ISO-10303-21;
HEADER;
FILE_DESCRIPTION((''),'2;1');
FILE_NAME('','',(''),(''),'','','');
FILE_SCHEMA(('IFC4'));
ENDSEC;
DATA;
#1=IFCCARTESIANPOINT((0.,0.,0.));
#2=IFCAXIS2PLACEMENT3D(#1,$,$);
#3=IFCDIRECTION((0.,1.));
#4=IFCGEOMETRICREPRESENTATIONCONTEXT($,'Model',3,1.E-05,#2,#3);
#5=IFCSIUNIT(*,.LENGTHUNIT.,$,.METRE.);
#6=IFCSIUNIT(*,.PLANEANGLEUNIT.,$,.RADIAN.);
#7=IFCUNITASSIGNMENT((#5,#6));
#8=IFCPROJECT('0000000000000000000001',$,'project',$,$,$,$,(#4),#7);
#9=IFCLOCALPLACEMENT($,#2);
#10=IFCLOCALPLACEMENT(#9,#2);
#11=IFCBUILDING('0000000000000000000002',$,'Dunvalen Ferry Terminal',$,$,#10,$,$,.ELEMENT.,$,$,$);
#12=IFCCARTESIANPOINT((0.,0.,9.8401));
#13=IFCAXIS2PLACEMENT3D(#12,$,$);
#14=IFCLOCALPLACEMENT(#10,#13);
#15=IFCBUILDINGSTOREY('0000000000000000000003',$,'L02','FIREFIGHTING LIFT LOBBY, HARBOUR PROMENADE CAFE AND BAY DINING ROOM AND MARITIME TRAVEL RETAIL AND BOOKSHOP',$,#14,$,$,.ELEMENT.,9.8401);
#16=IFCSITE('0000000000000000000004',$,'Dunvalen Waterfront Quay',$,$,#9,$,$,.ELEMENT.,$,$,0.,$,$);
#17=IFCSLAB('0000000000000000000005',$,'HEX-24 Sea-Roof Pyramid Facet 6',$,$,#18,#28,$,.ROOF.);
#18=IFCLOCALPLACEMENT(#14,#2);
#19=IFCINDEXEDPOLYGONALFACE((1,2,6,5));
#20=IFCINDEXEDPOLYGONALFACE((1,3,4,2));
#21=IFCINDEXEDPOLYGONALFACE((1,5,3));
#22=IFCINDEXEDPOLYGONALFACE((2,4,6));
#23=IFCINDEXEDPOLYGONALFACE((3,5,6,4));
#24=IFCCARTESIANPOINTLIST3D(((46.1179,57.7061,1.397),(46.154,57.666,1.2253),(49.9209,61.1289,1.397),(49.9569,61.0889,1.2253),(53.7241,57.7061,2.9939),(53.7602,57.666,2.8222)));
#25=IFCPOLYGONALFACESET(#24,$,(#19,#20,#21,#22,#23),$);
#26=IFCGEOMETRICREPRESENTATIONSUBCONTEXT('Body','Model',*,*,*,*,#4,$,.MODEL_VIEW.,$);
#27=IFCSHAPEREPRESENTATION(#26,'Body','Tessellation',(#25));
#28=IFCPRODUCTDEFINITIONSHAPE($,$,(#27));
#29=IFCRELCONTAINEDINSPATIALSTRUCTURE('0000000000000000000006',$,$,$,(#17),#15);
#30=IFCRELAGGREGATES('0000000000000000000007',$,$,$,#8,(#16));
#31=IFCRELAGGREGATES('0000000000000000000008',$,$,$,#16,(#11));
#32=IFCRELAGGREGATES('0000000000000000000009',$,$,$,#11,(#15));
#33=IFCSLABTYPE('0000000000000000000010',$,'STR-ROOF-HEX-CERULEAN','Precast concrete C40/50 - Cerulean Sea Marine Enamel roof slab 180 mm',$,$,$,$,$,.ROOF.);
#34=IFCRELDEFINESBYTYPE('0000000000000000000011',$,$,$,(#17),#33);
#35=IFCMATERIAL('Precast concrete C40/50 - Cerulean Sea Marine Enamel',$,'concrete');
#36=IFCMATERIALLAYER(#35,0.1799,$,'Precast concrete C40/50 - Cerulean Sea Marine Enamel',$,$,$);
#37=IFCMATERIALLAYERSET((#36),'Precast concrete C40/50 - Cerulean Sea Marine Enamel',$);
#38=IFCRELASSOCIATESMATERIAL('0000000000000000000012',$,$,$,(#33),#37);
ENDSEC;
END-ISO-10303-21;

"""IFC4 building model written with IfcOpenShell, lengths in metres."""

from ifc_helpers import new_model, si_unit, direction, frame, origin, place, context, subcontext, project, spatial, polyline, outline, extrude, material, layer, layer_set, type_object, element, save


model = new_model("IFC4")

# Units and contexts
model_context = context("Model", 3, precision=1e-05, world=origin(), true_north=direction((0.0, 1.0)))
body_context = subcontext(model_context, "Body", "Model", "MODEL_VIEW")
ifc_project = project(units=[si_unit("LENGTHUNIT", "METRE"), si_unit("PLANEANGLEUNIT", "RADIAN")], contexts=[model_context])

# Site, building, storey
site_placement = place(None, origin())
site = spatial("IfcSite", under=ifc_project, at=site_placement, Name="Dunvalen Waterfront Quay", CompositionType="ELEMENT", RefElevation=0.0)
building_placement = place(site_placement, origin())
building = spatial("IfcBuilding", under=site, at=building_placement, Name="Dunvalen Ferry Terminal", CompositionType="ELEMENT")
storey_placement = place(building_placement, frame((0.0, 0.0, 9.8401)))
storey = spatial("IfcBuildingStorey", under=building, at=storey_placement, Name="L02", Description="FIREFIGHTING LIFT LOBBY, HARBOUR PROMENADE CAFE AND BAY DINING ROOM AND MARITIME TRAVEL RETAIL AND BOOKSHOP", CompositionType="ELEMENT", Elevation=9.8401)

# Slab
ifc_material_1 = material(Name="Precast concrete C40/50 - Cerulean Sea Marine Enamel", Category="concrete")
ifc_layer_1 = layer(ifc_material_1, 0.1799, Name="Precast concrete C40/50 - Cerulean Sea Marine Enamel")
ifc_layer_set_1 = layer_set([ifc_layer_1], Name="Precast concrete C40/50 - Cerulean Sea Marine Enamel")
slab_type_1 = type_object("IfcSlabType", Name="STR-ROOF-HEX-CERULEAN", Description="Precast concrete C40/50 - Cerulean Sea Marine Enamel roof slab 180 mm", PredefinedType="ROOF", material=ifc_layer_set_1)
slab_1_placement = place(storey_placement, frame((49.9209, 61.1289, 1.397), z_axis=(-0.200317, 0.222563, 0.954117), x_axis=(-0.743278, -0.668983, 0.0)))
element("IfcSlab", 1, at=slab_1_placement, inside=storey, type_object=slab_type_1, Name="HEX-24 Sea-Roof Pyramid Facet 6", PredefinedType="ROOF", context=body_context, shape_type="SweptSolid", body=[
    extrude(outline(polyline([(0.0, 0.0), (5.1165, 0.0), (-0.537, 5.3331), (0.0, 0.0)])), origin(), (0.0, 0.0, -1.0), 0.1799),
])

save(model, "model.ifc")
